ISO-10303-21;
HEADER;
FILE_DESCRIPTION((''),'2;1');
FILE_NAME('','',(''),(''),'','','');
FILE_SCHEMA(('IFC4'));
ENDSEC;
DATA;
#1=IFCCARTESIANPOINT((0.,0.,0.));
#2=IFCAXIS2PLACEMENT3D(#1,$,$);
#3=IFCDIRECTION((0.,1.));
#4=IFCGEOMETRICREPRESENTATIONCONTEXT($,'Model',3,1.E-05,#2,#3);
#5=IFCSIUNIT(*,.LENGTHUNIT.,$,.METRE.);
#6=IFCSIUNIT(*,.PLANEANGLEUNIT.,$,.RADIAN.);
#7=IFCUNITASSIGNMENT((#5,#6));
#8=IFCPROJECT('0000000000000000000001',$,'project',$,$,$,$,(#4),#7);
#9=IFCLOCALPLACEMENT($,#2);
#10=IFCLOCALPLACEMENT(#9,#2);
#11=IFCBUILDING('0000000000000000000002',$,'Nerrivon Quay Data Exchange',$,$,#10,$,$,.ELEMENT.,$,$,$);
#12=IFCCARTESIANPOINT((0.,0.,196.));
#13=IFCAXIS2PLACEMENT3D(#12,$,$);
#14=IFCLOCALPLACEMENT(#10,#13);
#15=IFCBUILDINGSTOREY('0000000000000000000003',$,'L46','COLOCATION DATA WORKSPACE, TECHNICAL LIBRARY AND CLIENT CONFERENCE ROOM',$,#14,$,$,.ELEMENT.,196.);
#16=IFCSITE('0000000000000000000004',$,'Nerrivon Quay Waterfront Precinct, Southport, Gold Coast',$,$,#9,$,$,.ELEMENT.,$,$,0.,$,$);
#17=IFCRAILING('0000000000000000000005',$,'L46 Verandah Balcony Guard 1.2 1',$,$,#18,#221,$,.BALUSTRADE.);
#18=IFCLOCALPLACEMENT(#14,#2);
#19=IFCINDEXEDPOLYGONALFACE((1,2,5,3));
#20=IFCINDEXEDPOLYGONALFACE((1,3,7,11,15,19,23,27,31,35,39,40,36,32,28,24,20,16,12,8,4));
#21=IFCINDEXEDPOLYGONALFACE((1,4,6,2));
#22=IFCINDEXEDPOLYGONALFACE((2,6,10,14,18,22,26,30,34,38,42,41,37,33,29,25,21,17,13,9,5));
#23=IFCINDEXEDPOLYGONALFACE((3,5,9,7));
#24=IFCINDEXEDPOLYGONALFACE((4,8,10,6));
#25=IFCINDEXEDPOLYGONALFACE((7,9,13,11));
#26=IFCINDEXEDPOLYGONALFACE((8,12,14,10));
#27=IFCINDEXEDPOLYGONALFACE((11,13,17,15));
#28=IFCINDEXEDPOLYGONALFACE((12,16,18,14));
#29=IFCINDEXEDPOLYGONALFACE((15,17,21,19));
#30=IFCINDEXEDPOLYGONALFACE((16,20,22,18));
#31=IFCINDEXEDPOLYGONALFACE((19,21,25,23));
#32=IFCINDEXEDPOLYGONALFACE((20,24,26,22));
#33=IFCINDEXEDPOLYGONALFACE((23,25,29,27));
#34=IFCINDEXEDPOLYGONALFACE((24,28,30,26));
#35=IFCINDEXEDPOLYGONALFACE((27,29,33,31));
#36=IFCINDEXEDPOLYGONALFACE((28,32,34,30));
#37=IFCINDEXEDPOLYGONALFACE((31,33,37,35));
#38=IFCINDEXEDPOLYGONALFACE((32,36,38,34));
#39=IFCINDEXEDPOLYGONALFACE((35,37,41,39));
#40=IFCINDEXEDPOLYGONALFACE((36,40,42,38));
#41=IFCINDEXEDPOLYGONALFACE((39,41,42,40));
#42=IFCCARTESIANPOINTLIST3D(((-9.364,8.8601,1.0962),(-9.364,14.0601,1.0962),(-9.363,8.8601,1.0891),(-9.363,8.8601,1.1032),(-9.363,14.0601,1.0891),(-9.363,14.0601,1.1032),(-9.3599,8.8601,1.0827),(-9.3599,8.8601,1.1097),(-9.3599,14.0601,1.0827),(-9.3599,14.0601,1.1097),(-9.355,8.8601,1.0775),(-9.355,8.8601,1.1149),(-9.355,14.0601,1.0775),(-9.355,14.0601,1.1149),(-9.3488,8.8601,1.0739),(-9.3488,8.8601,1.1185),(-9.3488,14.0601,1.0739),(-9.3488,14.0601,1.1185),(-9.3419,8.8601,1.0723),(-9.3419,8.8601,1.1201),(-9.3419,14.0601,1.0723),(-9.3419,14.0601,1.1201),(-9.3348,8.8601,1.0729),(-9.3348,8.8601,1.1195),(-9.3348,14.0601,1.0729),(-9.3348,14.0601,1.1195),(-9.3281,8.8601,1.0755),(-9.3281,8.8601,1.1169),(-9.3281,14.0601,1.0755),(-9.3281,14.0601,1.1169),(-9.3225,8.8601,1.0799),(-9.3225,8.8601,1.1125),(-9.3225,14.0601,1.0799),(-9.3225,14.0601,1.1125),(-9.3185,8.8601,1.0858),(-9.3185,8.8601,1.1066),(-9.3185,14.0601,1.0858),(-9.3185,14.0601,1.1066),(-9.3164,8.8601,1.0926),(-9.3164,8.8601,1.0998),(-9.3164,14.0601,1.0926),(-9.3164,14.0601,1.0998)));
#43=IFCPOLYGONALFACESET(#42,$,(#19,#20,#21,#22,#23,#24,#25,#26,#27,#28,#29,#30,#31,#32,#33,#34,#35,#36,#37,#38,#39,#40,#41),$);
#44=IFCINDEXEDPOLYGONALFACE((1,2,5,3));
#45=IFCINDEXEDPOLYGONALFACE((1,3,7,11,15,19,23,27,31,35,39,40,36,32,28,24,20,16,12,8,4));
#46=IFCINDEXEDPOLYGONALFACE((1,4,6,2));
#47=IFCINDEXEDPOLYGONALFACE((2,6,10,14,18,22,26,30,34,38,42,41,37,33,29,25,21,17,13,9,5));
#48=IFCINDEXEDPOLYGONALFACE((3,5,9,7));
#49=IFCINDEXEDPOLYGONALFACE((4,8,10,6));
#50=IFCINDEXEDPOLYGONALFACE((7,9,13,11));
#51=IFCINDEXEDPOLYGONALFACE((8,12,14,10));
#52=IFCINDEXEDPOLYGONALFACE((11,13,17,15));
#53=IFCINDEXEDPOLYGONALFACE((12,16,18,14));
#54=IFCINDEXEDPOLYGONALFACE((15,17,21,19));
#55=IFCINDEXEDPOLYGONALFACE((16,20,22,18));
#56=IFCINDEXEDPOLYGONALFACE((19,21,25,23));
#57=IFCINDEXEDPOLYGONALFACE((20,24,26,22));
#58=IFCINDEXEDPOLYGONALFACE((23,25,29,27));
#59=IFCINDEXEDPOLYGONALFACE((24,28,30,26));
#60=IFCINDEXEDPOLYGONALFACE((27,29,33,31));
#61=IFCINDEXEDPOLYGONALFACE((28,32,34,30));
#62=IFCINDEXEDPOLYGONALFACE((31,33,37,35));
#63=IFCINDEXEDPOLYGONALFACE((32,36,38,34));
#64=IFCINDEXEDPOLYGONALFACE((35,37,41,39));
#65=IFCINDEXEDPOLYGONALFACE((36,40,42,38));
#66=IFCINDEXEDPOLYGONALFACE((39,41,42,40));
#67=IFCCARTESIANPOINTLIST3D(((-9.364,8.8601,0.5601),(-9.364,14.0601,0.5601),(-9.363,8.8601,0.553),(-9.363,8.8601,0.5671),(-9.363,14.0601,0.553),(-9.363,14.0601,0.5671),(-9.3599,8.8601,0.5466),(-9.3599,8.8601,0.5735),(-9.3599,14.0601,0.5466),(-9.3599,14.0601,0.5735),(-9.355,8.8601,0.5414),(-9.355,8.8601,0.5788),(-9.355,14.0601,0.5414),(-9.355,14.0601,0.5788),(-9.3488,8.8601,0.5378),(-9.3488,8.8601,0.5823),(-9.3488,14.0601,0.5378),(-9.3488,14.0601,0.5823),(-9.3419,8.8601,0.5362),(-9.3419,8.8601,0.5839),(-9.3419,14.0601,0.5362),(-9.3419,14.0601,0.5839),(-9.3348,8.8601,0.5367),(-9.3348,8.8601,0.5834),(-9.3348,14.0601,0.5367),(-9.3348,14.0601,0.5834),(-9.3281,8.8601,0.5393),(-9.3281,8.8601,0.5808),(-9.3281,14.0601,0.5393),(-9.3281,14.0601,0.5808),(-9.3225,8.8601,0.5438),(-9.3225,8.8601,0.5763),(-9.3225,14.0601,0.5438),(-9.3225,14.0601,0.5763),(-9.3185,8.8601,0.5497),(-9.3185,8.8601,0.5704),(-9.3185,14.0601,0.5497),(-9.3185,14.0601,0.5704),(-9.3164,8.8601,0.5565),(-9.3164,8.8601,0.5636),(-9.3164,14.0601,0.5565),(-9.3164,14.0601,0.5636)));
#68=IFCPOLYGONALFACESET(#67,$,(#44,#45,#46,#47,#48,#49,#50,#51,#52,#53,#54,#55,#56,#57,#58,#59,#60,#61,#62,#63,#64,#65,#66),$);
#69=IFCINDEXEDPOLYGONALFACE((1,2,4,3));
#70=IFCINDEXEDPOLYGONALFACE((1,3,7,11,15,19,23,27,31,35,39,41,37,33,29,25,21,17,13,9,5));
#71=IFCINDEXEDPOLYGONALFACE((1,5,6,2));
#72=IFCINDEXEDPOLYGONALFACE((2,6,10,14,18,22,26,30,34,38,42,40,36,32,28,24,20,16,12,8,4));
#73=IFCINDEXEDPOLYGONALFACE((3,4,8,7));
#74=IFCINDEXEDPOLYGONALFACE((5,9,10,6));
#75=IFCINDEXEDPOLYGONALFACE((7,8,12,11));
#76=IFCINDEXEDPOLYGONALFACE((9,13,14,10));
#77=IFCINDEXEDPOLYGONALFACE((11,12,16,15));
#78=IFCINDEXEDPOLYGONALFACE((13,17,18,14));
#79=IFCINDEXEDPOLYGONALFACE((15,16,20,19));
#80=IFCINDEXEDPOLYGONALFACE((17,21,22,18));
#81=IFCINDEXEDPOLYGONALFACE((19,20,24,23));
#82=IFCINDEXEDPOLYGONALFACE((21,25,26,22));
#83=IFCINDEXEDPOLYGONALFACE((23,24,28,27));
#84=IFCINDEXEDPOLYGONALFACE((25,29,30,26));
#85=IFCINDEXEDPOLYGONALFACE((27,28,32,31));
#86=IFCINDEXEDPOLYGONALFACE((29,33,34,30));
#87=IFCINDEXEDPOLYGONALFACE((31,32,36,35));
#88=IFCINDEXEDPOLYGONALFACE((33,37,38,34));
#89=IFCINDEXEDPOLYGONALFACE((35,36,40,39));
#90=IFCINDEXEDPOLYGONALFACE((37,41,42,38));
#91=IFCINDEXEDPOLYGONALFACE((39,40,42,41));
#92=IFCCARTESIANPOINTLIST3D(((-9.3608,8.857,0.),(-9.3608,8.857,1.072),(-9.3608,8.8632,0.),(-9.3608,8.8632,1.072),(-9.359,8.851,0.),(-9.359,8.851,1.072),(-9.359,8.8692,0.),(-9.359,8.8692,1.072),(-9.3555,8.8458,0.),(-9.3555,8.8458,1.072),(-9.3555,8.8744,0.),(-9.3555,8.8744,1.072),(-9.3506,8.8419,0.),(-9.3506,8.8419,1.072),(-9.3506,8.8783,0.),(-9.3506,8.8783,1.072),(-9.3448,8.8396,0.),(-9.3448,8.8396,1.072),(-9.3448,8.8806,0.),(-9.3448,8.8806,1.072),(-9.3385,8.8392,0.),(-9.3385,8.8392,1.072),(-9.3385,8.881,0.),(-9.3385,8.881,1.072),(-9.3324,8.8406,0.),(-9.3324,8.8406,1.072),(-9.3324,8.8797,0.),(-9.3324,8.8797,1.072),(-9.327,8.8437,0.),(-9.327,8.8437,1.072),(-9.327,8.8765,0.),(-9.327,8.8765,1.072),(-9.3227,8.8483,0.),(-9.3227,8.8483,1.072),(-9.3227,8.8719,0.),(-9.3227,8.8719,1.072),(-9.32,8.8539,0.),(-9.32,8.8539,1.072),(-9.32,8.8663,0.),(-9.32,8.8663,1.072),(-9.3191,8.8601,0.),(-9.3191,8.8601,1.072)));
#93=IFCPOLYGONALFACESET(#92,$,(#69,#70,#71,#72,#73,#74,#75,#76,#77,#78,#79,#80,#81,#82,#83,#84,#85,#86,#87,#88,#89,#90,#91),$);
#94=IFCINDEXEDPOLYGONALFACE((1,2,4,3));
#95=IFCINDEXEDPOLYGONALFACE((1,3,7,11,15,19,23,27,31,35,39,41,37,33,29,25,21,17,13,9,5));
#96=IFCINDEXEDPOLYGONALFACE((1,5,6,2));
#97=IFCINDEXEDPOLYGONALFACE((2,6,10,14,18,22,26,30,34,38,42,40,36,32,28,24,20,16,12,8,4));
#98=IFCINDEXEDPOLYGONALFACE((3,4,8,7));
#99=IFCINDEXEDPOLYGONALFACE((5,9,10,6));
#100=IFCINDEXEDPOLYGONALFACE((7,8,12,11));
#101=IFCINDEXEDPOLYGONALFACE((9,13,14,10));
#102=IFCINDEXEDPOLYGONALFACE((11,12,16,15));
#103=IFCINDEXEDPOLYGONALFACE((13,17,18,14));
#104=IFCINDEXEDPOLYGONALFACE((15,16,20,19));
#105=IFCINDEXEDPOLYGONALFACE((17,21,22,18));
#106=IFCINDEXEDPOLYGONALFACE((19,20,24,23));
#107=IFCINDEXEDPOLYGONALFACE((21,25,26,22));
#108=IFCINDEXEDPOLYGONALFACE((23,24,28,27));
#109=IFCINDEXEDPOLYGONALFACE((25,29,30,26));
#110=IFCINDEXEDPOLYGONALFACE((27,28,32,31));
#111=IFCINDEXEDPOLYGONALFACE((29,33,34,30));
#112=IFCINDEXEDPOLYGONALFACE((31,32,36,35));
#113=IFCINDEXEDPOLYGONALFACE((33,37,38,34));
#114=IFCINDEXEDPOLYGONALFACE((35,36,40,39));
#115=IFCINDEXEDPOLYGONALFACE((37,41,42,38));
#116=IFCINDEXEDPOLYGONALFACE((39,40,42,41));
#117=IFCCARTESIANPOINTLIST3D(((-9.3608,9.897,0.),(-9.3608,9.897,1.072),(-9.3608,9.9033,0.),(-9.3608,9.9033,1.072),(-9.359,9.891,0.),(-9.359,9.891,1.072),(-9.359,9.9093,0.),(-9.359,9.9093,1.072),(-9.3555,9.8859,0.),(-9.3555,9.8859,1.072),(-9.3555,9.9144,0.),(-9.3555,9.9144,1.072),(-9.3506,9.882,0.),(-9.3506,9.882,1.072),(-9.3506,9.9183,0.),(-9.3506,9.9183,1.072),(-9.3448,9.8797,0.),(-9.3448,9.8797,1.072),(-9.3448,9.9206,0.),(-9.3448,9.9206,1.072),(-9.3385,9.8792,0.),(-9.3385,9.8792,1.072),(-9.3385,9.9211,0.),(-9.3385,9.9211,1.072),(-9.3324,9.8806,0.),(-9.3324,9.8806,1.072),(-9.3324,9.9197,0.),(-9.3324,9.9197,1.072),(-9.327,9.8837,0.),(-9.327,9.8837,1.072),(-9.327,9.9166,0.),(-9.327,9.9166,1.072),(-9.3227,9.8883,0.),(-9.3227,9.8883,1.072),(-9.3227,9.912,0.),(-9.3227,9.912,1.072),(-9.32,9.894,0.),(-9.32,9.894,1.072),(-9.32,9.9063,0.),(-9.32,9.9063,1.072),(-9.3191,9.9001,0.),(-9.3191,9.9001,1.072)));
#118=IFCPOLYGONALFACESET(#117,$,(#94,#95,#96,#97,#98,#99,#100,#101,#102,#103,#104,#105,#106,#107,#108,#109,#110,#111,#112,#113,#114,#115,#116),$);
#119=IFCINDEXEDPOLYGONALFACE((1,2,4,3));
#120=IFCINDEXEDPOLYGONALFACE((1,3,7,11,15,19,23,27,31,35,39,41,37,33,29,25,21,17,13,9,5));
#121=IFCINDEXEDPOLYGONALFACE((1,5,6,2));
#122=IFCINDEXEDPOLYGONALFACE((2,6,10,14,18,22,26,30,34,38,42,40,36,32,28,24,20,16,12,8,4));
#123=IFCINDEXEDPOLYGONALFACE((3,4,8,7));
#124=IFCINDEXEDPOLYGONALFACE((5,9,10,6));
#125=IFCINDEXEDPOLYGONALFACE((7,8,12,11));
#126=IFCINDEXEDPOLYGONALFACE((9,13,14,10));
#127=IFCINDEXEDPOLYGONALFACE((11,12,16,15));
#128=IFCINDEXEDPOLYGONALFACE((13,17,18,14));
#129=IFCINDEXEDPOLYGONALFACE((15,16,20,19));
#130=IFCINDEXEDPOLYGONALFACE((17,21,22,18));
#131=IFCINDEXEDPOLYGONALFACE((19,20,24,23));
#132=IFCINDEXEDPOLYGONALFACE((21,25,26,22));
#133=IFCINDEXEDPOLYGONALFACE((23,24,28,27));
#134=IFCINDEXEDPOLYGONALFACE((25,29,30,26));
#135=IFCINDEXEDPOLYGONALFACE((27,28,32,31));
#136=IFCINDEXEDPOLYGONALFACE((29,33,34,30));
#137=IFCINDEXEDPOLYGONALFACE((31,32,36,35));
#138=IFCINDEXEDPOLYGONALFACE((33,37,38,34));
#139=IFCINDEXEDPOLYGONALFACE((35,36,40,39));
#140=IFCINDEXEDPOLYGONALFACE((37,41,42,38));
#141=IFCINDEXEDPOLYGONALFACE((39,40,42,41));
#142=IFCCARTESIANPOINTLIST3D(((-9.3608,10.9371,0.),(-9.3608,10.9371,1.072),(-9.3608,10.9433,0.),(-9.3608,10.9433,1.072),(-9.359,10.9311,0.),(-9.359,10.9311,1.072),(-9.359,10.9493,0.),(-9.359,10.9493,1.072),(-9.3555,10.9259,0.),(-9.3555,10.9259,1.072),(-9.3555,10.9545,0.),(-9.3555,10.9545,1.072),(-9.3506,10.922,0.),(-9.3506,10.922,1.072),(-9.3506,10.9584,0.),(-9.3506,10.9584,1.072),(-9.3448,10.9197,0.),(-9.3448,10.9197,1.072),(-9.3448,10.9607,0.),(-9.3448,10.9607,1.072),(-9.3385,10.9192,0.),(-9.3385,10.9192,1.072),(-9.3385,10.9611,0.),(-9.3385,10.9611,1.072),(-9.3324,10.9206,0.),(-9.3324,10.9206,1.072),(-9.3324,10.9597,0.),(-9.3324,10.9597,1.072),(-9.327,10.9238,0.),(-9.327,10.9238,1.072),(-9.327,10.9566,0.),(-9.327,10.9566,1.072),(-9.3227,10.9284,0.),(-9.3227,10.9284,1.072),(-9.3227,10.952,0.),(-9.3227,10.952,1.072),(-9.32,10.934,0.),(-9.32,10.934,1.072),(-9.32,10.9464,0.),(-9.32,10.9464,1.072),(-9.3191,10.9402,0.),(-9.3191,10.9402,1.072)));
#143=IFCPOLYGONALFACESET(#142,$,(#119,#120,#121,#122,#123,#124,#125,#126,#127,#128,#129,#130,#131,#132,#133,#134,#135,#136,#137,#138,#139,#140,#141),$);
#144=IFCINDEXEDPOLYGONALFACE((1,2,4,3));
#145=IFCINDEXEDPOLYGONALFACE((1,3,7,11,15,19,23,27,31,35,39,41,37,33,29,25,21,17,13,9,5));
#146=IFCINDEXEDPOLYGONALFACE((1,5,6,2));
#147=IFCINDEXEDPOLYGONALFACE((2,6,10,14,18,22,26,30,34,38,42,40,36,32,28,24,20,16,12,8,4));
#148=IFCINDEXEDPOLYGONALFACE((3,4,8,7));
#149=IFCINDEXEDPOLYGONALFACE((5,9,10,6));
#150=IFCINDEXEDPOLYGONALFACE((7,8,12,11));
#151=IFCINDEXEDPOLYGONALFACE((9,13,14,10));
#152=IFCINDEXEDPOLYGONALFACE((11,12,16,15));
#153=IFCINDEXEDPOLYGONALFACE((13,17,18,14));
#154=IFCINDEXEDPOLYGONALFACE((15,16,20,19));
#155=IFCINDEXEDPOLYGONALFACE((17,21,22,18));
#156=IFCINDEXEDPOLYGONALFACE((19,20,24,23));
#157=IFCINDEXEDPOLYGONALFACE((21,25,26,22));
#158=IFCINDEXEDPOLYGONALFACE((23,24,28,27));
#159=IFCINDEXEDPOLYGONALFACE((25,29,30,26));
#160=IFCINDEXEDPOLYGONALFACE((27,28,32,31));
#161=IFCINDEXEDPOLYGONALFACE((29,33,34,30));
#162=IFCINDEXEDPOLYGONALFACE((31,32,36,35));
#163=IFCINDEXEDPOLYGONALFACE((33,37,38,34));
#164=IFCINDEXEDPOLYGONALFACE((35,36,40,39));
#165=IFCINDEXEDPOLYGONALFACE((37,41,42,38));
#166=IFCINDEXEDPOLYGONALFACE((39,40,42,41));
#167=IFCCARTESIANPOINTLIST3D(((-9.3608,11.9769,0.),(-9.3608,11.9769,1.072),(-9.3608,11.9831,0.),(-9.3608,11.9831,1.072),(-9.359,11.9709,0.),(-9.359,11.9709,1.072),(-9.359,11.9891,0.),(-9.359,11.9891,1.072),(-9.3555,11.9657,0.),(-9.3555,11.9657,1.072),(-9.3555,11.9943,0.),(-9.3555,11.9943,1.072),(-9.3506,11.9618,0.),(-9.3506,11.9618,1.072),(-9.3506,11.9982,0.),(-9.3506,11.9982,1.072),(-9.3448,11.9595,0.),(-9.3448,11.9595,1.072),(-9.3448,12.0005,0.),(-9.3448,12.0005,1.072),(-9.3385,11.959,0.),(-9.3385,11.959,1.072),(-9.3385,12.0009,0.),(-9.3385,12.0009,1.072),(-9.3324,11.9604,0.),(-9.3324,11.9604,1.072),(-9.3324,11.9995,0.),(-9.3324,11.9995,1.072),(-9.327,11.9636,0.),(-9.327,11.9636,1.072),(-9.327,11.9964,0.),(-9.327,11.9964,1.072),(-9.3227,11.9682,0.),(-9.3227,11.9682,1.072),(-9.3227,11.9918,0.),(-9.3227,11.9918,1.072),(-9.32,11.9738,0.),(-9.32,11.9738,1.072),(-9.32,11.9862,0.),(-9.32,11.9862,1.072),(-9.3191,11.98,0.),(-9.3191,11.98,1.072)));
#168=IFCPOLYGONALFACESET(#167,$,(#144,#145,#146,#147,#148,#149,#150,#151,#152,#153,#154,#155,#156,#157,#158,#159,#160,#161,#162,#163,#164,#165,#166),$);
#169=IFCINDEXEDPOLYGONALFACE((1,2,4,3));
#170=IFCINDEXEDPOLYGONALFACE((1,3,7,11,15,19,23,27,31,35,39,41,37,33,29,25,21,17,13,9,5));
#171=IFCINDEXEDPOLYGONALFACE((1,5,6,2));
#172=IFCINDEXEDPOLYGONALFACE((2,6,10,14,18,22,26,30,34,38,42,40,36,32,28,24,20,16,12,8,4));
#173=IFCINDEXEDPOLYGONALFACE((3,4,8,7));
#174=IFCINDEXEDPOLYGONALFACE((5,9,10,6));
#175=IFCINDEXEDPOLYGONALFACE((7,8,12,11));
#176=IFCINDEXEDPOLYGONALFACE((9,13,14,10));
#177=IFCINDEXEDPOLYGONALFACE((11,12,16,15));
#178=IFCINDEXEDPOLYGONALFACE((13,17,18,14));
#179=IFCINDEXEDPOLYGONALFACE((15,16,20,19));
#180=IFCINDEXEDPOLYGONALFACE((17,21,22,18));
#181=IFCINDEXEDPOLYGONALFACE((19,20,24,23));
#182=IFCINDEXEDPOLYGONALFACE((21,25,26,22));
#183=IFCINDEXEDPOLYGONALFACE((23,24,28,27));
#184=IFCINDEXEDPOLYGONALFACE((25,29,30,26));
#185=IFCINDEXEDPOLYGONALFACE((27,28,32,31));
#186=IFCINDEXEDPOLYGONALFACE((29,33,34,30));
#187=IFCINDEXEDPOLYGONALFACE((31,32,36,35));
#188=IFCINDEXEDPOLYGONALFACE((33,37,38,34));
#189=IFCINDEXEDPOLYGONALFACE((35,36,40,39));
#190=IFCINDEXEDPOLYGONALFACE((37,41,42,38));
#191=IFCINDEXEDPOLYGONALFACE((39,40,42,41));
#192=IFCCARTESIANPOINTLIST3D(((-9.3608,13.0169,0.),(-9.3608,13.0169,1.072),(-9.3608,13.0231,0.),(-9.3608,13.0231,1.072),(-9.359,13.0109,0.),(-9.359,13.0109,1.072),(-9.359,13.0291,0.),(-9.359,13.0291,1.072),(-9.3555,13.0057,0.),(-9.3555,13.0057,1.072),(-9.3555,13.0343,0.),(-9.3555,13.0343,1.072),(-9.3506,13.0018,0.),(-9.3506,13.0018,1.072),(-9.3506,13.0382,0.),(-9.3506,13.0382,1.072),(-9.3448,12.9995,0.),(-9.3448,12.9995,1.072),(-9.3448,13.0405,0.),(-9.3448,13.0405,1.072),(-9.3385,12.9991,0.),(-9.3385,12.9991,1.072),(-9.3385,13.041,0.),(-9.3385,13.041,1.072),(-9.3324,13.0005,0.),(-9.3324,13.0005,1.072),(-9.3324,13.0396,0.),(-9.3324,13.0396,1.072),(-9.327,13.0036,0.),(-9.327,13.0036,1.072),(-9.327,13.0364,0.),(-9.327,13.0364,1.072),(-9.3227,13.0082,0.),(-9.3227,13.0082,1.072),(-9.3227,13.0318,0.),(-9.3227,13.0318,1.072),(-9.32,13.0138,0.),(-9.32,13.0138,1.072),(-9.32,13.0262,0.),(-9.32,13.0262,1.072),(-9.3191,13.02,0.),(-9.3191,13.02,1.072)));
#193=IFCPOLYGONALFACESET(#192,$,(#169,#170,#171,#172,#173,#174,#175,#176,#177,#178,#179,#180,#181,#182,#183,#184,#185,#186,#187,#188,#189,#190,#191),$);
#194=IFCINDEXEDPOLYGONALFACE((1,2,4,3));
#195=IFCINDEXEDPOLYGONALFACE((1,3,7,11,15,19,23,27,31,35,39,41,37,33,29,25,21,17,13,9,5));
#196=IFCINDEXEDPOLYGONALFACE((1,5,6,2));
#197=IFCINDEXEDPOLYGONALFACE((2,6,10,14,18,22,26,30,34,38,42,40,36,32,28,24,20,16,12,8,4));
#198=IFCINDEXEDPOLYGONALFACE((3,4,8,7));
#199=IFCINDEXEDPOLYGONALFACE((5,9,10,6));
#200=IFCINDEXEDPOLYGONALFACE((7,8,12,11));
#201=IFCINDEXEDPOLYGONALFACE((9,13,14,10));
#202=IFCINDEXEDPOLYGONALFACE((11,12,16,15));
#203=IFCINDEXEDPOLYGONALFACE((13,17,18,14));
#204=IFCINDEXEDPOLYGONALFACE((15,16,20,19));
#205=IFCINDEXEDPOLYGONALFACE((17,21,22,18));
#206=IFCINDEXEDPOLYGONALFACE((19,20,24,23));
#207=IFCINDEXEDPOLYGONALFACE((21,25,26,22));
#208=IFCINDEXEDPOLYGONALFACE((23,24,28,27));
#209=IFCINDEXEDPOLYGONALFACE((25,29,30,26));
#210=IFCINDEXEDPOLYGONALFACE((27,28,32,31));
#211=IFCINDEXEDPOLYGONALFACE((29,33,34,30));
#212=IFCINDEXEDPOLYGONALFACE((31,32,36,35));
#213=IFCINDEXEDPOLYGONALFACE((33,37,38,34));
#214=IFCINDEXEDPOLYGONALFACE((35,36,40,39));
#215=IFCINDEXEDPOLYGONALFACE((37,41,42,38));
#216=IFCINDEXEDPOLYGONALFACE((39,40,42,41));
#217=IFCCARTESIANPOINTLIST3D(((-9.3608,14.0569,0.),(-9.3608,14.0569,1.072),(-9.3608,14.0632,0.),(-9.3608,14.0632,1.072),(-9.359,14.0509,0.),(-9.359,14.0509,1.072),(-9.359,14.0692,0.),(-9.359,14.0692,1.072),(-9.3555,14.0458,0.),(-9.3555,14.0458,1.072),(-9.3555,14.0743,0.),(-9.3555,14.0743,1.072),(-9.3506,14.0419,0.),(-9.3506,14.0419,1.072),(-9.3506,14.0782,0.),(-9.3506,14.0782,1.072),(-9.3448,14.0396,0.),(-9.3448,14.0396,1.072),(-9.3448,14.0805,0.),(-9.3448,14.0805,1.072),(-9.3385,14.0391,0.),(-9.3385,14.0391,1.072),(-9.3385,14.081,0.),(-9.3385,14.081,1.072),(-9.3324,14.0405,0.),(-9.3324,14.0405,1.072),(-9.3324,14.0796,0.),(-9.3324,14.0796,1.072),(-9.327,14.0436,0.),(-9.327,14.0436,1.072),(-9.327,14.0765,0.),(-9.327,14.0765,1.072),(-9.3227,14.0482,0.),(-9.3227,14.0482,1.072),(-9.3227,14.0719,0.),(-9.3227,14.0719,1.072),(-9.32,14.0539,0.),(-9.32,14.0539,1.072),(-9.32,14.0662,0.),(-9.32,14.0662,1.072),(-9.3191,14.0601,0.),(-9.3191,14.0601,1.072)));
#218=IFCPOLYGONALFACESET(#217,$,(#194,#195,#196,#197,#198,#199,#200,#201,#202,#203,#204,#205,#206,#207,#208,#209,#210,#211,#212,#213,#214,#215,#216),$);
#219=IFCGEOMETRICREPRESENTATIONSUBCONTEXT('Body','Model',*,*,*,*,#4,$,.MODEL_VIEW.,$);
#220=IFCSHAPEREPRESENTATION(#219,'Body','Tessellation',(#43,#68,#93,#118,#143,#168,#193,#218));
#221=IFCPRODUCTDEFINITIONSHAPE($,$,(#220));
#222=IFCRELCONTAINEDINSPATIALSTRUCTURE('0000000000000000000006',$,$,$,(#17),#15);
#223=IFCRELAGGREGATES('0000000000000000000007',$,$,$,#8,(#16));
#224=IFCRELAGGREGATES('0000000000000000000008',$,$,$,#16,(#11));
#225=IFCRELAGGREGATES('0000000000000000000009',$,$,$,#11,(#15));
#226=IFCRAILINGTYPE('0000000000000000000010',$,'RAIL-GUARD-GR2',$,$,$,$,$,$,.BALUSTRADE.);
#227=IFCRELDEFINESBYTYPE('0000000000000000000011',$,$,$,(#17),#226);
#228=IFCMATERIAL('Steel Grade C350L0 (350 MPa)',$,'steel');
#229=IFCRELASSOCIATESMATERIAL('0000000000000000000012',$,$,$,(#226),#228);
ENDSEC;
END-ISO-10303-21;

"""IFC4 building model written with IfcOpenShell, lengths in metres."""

from ifc_helpers import new_model, si_unit, direction, frame, origin, origin_2d, place, context, subcontext, project, spatial, circle, extrude, material, type_object, element, save


model = new_model("IFC4")

# Units and contexts
model_context = context("Model", 3, precision=1e-05, world=origin(), true_north=direction((0.0, 1.0)))
body_context = subcontext(model_context, "Body", "Model", "MODEL_VIEW")
ifc_project = project(units=[si_unit("LENGTHUNIT", "METRE"), si_unit("PLANEANGLEUNIT", "RADIAN")], contexts=[model_context])

# Site, building, storey
site_placement = place(None, origin())
site = spatial("IfcSite", under=ifc_project, at=site_placement, Name="Nerrivon Quay Waterfront Precinct, Southport, Gold Coast", CompositionType="ELEMENT", RefElevation=0.0)
building_placement = place(site_placement, origin())
building = spatial("IfcBuilding", under=site, at=building_placement, Name="Nerrivon Quay Data Exchange", CompositionType="ELEMENT")
storey_placement = place(building_placement, frame((0.0, 0.0, 196.0)))
storey = spatial("IfcBuildingStorey", under=building, at=storey_placement, Name="L46", Description="COLOCATION DATA WORKSPACE, TECHNICAL LIBRARY AND CLIENT CONFERENCE ROOM", CompositionType="ELEMENT", Elevation=196.0)

# Railing
ifc_material_1 = material(Name="Steel Grade C350L0 (350 MPa)", Category="steel")
railing_type = type_object("IfcRailingType", Name="RAIL-GUARD-GR2", PredefinedType="BALUSTRADE", material=ifc_material_1)
railing_1_placement = place(storey_placement, frame((-9.3401, 8.8601, 0.0)))
element("IfcRailing", 1, at=railing_1_placement, inside=storey, type_object=railing_type, Name="L46 Verandah Balcony Guard 1.2 1", PredefinedType="BALUSTRADE", context=body_context, shape_type="SweptSolid", body=[
    extrude(circle(Radius=0.0239, at=origin_2d()), frame((0.0, 0.0, 1.0962), z_axis=(0.0, 1.0, 0.0), x_axis=(-1.0, 0.0, 0.0)), (0.0, 0.0, 1.0), 5.2),
    extrude(circle(Radius=0.0239, at=origin_2d()), frame((0.0, 0.0, 0.5601), z_axis=(0.0, 1.0, 0.0), x_axis=(-1.0, 0.0, 0.0)), (0.0, 0.0, 1.0), 5.2),
    extrude(circle(Radius=0.021, at=origin_2d()), origin(), (0.0, 0.0, 1.0), 1.072),
    extrude(circle(Radius=0.021, at=origin_2d()), frame((0.0, 1.04, 0.0)), (0.0, 0.0, 1.0), 1.072),
    extrude(circle(Radius=0.021, at=origin_2d()), frame((0.0, 2.0801, 0.0)), (0.0, 0.0, 1.0), 1.072),
    extrude(circle(Radius=0.021, at=origin_2d()), frame((0.0, 3.1199, 0.0)), (0.0, 0.0, 1.0), 1.072),
    extrude(circle(Radius=0.021, at=origin_2d()), frame((0.0, 4.1599, 0.0)), (0.0, 0.0, 1.0), 1.072),
    extrude(circle(Radius=0.021, at=origin_2d()), frame((0.0, 5.2, 0.0)), (0.0, 0.0, 1.0), 1.072),
])

save(model, "model.ifc")
